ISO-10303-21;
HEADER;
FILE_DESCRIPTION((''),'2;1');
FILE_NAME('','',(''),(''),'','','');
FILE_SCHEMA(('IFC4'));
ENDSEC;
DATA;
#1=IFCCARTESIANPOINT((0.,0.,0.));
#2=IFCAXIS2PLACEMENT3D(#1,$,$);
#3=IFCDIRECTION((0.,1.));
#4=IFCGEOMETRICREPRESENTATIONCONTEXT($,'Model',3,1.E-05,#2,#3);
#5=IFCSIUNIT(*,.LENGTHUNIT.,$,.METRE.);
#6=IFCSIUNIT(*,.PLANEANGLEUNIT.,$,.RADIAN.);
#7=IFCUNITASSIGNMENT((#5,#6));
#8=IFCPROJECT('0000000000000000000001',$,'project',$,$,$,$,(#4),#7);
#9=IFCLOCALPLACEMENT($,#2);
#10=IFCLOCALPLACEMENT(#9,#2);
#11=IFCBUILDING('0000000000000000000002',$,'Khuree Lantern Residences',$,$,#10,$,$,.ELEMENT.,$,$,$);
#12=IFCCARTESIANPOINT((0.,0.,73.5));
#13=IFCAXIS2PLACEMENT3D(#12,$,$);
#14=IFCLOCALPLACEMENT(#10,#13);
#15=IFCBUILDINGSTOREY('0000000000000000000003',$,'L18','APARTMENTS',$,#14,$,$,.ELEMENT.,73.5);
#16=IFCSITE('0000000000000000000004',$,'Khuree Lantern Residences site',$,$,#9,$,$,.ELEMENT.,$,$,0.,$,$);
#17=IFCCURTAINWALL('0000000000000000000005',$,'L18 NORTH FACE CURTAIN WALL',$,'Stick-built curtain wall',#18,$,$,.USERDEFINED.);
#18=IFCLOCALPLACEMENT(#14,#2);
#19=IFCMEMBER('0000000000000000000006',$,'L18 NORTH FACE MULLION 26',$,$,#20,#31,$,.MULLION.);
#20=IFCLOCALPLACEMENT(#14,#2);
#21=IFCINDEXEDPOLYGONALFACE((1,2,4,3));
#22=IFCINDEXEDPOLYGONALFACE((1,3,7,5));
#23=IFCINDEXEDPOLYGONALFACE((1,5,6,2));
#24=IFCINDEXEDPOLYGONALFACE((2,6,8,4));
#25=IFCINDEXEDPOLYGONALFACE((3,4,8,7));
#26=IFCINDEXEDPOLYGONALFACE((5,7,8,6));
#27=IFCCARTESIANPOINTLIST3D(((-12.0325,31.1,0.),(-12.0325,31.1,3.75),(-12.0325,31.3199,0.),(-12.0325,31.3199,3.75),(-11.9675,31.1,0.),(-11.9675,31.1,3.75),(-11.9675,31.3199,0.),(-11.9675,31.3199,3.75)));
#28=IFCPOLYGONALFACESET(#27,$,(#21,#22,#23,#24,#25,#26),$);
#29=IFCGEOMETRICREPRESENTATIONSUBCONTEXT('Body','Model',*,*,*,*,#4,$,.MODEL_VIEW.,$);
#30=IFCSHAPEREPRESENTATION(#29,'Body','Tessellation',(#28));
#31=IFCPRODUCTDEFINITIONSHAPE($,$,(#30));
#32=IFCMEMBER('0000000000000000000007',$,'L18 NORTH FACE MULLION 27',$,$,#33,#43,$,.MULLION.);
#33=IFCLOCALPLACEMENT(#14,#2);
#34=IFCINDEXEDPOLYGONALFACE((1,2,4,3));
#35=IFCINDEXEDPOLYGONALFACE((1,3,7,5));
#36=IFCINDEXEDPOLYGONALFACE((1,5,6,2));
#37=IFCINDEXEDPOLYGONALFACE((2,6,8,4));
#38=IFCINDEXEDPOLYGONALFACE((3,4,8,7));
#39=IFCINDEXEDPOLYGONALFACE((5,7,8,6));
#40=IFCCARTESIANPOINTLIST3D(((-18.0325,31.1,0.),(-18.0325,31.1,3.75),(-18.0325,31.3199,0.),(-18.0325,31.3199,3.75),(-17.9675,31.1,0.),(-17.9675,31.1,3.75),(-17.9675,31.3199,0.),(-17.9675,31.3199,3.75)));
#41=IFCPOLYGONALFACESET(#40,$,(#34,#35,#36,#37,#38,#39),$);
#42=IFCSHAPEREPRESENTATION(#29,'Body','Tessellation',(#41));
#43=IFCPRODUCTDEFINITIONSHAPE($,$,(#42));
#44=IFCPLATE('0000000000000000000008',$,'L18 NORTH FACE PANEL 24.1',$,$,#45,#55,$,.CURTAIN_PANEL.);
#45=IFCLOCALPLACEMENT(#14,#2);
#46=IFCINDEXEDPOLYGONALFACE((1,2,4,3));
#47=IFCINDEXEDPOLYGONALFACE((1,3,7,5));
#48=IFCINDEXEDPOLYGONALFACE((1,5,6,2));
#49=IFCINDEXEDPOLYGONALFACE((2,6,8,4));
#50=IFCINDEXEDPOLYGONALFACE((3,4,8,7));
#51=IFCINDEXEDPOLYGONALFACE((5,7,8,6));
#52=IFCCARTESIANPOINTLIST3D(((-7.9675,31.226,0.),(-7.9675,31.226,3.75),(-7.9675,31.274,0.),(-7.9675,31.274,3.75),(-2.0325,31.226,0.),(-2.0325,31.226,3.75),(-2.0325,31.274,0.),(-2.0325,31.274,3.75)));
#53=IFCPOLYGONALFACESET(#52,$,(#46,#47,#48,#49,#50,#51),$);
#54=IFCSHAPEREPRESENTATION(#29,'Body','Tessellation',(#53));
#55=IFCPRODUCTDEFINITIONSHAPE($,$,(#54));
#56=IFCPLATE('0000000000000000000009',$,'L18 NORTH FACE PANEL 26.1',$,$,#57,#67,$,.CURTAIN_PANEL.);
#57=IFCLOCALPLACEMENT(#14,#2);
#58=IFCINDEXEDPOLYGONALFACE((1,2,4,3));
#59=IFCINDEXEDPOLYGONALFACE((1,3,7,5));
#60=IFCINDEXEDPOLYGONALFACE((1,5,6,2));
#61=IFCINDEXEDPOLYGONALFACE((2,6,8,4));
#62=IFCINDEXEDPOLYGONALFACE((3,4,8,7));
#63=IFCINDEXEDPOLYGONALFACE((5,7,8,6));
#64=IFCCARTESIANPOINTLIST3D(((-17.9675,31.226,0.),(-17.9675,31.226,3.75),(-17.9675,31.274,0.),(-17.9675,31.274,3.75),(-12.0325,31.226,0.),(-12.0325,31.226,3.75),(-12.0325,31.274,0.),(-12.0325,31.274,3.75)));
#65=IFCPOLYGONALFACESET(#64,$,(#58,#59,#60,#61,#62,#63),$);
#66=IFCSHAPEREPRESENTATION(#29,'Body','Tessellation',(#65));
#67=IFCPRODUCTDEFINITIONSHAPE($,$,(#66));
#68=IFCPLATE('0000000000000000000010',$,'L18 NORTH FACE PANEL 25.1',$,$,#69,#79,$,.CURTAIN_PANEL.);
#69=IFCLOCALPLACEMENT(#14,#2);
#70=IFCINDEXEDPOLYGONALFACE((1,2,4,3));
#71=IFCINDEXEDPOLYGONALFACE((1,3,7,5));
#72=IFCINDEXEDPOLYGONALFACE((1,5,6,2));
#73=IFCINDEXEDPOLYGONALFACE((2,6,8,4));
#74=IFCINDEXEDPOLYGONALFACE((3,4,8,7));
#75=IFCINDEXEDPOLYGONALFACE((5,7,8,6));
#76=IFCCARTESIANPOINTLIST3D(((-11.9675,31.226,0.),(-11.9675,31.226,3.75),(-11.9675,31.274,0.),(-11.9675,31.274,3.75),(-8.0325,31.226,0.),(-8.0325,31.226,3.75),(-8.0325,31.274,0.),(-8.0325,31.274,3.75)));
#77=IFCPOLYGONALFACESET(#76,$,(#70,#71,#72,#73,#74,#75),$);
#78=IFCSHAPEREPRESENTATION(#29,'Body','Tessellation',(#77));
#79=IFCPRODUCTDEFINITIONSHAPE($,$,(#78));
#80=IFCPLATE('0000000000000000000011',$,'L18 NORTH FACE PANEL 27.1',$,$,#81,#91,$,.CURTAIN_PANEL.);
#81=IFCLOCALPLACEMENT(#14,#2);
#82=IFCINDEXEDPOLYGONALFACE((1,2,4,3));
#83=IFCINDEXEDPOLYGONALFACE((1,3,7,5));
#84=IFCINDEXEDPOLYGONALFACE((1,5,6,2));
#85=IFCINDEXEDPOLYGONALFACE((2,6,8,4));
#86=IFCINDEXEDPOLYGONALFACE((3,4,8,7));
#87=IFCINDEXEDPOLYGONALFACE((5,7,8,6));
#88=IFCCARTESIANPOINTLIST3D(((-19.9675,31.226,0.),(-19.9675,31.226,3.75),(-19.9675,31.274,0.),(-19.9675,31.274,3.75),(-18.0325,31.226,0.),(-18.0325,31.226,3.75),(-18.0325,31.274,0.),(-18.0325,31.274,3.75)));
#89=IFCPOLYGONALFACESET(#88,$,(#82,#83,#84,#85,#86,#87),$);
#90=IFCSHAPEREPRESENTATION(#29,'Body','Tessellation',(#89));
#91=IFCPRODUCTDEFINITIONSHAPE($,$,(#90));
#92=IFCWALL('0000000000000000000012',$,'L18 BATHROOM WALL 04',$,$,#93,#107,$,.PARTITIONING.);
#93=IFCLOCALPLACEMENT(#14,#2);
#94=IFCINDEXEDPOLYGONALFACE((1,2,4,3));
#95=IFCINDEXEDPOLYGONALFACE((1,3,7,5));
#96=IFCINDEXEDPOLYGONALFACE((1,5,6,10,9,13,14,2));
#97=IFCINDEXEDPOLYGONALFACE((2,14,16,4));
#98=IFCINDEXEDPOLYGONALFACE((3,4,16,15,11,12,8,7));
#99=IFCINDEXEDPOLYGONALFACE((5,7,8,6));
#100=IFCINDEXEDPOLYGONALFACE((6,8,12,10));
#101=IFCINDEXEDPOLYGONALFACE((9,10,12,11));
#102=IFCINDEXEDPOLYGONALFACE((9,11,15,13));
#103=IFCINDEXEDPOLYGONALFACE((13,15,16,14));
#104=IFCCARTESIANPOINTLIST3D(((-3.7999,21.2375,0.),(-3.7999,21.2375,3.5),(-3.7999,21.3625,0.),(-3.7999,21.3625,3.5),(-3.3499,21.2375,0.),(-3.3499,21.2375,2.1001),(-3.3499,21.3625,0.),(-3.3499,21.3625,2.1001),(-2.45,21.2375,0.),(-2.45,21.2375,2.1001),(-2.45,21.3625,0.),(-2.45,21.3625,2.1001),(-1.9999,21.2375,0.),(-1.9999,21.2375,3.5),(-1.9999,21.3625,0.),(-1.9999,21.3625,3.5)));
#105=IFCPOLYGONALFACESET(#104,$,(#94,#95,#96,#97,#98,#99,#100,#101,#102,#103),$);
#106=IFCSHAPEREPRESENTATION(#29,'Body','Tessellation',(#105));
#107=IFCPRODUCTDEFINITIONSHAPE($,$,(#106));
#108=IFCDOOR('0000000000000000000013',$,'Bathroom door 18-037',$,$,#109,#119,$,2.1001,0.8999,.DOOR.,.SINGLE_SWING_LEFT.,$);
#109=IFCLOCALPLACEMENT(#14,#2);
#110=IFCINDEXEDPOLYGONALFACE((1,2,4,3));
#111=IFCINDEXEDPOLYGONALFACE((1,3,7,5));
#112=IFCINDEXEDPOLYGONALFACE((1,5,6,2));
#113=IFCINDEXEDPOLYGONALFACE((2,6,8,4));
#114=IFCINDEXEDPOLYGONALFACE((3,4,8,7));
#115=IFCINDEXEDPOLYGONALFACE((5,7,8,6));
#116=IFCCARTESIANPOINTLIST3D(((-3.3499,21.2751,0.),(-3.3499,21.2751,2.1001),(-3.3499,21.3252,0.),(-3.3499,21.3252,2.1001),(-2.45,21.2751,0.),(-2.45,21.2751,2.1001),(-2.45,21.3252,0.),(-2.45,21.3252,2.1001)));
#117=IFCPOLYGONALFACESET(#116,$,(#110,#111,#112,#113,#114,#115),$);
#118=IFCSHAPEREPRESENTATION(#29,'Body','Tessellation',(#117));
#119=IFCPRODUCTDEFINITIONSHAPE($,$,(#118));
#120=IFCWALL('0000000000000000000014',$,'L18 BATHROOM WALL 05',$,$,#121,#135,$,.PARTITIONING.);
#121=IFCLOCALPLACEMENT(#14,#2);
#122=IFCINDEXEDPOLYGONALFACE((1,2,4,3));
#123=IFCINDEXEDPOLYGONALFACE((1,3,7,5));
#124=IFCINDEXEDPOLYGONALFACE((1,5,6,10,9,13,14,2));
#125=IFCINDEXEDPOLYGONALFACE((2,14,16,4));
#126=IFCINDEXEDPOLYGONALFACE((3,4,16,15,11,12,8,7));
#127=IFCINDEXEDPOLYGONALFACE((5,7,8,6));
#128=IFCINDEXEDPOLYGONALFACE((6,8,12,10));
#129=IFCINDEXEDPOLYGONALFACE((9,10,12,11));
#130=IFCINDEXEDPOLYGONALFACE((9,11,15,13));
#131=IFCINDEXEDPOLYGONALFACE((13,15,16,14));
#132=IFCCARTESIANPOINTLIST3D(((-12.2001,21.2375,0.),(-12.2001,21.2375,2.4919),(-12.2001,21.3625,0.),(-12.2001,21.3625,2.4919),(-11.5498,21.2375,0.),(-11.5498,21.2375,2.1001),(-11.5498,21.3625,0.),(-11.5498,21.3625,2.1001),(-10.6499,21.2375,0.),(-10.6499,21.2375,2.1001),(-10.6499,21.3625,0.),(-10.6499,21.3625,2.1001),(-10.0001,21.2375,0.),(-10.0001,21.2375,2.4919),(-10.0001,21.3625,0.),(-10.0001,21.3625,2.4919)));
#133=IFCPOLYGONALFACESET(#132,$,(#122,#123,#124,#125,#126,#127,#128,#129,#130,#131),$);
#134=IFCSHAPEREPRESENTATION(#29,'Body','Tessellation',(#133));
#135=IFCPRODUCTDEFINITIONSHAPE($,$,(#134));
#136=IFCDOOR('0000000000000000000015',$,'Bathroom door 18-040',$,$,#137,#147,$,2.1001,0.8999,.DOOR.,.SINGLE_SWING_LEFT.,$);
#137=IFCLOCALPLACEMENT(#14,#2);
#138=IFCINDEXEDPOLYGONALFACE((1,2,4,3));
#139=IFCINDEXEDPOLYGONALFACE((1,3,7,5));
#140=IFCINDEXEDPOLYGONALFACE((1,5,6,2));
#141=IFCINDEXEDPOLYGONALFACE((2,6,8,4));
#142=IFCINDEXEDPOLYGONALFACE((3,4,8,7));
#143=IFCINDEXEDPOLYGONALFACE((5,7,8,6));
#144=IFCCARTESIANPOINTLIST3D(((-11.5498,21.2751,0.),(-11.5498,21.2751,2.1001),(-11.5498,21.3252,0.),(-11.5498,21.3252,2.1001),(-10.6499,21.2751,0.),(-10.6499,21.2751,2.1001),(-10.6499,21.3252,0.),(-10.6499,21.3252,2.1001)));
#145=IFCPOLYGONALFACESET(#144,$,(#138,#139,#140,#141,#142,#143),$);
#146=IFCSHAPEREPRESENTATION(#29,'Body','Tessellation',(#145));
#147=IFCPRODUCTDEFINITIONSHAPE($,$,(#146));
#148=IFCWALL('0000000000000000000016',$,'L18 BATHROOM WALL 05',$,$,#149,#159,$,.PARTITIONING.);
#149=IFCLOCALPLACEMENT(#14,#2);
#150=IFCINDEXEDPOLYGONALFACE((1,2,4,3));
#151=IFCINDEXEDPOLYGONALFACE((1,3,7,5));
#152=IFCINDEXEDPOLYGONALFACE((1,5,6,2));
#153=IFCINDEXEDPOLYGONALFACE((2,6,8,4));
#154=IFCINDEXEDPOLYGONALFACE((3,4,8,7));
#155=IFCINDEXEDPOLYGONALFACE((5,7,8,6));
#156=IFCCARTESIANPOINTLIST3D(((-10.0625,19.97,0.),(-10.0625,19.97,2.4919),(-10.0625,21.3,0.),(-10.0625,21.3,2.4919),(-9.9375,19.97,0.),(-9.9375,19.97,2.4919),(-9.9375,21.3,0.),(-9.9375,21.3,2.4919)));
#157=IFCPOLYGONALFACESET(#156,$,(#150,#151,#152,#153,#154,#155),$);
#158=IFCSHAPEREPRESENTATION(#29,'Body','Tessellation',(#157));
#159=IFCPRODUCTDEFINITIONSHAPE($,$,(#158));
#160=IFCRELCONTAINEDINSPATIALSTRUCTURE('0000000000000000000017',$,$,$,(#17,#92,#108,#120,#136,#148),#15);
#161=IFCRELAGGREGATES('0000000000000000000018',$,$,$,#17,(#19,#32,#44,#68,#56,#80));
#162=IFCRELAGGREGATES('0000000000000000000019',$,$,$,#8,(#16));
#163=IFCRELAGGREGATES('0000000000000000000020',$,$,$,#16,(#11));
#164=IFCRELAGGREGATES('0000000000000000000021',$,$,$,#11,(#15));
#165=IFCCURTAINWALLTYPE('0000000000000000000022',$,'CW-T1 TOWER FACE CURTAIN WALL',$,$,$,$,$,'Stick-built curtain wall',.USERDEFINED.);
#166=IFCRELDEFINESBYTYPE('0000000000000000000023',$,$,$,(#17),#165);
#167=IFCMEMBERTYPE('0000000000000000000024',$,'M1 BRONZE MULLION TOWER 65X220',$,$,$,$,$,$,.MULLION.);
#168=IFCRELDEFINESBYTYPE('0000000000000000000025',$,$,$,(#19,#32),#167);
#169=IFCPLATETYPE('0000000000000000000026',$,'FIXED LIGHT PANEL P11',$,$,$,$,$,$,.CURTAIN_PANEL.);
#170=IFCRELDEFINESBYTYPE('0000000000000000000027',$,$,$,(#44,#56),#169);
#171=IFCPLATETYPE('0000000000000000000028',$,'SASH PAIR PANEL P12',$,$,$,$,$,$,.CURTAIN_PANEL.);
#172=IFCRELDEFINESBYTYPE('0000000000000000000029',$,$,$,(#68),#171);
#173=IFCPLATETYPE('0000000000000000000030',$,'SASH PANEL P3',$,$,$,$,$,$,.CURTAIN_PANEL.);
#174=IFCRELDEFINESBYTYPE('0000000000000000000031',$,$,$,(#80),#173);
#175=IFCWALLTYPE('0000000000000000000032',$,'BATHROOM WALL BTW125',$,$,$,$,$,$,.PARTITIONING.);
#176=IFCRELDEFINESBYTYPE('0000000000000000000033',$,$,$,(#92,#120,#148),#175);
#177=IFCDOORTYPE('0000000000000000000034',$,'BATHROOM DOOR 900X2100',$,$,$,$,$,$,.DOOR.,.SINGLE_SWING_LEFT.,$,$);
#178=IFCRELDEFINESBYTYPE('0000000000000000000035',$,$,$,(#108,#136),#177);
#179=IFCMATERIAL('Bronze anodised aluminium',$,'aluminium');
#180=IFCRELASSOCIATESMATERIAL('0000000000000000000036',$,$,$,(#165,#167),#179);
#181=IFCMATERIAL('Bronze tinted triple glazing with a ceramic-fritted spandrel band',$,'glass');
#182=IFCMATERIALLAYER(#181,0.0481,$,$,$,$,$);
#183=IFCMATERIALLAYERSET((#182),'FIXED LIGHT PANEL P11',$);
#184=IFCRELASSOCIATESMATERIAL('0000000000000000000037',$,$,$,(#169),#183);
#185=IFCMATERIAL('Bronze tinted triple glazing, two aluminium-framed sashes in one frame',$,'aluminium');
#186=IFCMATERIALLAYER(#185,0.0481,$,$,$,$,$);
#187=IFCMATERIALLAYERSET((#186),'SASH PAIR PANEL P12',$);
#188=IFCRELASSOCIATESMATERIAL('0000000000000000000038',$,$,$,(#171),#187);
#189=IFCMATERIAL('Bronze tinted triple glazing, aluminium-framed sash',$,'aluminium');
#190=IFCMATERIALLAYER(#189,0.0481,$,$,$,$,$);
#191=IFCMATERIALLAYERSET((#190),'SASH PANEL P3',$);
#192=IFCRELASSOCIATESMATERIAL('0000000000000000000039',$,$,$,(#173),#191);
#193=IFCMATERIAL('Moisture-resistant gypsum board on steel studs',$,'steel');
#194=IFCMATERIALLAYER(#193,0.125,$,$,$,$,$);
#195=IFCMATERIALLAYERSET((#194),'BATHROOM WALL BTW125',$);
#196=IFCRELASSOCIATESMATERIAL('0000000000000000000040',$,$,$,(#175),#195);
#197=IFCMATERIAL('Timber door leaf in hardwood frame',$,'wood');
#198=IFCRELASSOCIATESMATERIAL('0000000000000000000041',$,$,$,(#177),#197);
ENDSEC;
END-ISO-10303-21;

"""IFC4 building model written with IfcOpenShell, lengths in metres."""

from ifc_helpers import new_model, si_unit, direction, frame, frame_2d, origin, origin_2d, place, context, subcontext, project, spatial, rectangle, extrude, material, layer, layer_set, material_profile, profile_set, type_object, element, fill, aggregate, save


model = new_model("IFC4")

# Units and contexts
model_context = context("Model", 3, precision=1e-05, world=origin(), true_north=direction((0.0, 1.0)))
body_context = subcontext(model_context, "Body", "Model", "MODEL_VIEW")
ifc_project = project(units=[si_unit("LENGTHUNIT", "METRE"), si_unit("PLANEANGLEUNIT", "RADIAN")], contexts=[model_context])

# Site, building, storey
site_placement = place(None, origin())
site = spatial("IfcSite", under=ifc_project, at=site_placement, Name="Khuree Lantern Residences site", CompositionType="ELEMENT", RefElevation=0.0)
building_placement = place(site_placement, origin())
building = spatial("IfcBuilding", under=site, at=building_placement, Name="Khuree Lantern Residences", CompositionType="ELEMENT")
storey_placement = place(building_placement, frame((0.0, 0.0, 73.5)))
storey = spatial("IfcBuildingStorey", under=building, at=storey_placement, Name="L18", Description="APARTMENTS", CompositionType="ELEMENT", Elevation=73.5)

# Curtain wall
ifc_material_1 = material(Name="Bronze anodised aluminium", Category="aluminium")
curtain_wall_type = type_object("IfcCurtainWallType", Name="CW-T1 TOWER FACE CURTAIN WALL", ElementType="Stick-built curtain wall", PredefinedType="USERDEFINED", material=ifc_material_1)
curtain_wall_placement = place(storey_placement, origin())
curtain_wall = element("IfcCurtainWall", 1, at=curtain_wall_placement, inside=storey, type_object=curtain_wall_type, Name="L18 NORTH FACE CURTAIN WALL", ObjectType="Stick-built curtain wall", PredefinedType="USERDEFINED")

# Members
ifc_material_profile_1 = material_profile(ifc_material_1, rectangle(XDim=0.0649, YDim=0.22, at=origin_2d()), Name="M1 65X220")
ifc_profile_set_1 = profile_set([ifc_material_profile_1], Name="Bronze anodised aluminium")
member_type_1 = type_object("IfcMemberType", Name="M1 BRONZE MULLION TOWER 65X220", PredefinedType="MULLION", material=ifc_profile_set_1)
member_1_placement = place(storey_placement, frame((-12.0, 31.21, 0.0), z_axis=(0.0, 0.0, 1.0), x_axis=(-1.0, 0.0, 0.0)))
member_1 = element("IfcMember", 2, at=member_1_placement, type_object=member_type_1, Name="L18 NORTH FACE MULLION 26", PredefinedType="MULLION", context=body_context, shape_type="SweptSolid", body=[
    extrude(rectangle(XDim=0.0649, YDim=0.22, at=origin_2d()), origin(), (0.0, 0.0, 1.0), 3.75),
])
member_2_placement = place(storey_placement, frame((-18.0, 31.21, 0.0), z_axis=(0.0, 0.0, 1.0), x_axis=(-1.0, 0.0, 0.0)))
member_2 = element("IfcMember", 3, at=member_2_placement, type_object=member_type_1, Name="L18 NORTH FACE MULLION 27", PredefinedType="MULLION", context=body_context, shape_type="SweptSolid", body=[
    extrude(rectangle(XDim=0.0649, YDim=0.22, at=origin_2d()), origin(), (0.0, 0.0, 1.0), 3.75),
])

# Plates
ifc_material_2 = material(Name="Bronze tinted triple glazing with a ceramic-fritted spandrel band", Category="glass")
ifc_layer_1 = layer(ifc_material_2, 0.0481)
ifc_layer_set_1 = layer_set([ifc_layer_1], Name="FIXED LIGHT PANEL P11")
plate_type_1 = type_object("IfcPlateType", Name="FIXED LIGHT PANEL P11", PredefinedType="CURTAIN_PANEL", material=ifc_layer_set_1)
plate_1_placement = place(storey_placement, frame((-5.0, 31.25, 0.0), z_axis=(0.0, 0.0, 1.0), x_axis=(-1.0, 0.0, 0.0)))
plate_1 = element("IfcPlate", 4, at=plate_1_placement, type_object=plate_type_1, Name="L18 NORTH FACE PANEL 24.1", PredefinedType="CURTAIN_PANEL", context=body_context, shape_type="SweptSolid", body=[
    extrude(rectangle(XDim=5.9351, YDim=0.0481, at=origin_2d()), origin(), (0.0, 0.0, 1.0), 3.75),
])
plate_2_placement = place(storey_placement, frame((-15.0, 31.25, 0.0), z_axis=(0.0, 0.0, 1.0), x_axis=(-1.0, 0.0, 0.0)))
plate_2 = element("IfcPlate", 5, at=plate_2_placement, type_object=plate_type_1, Name="L18 NORTH FACE PANEL 26.1", PredefinedType="CURTAIN_PANEL", context=body_context, shape_type="SweptSolid", body=[
    extrude(rectangle(XDim=5.9351, YDim=0.0481, at=origin_2d()), origin(), (0.0, 0.0, 1.0), 3.75),
])
ifc_material_3 = material(Name="Bronze tinted triple glazing, two aluminium-framed sashes in one frame", Category="aluminium")
ifc_layer_2 = layer(ifc_material_3, 0.0481)
ifc_layer_set_2 = layer_set([ifc_layer_2], Name="SASH PAIR PANEL P12")
plate_type_2 = type_object("IfcPlateType", Name="SASH PAIR PANEL P12", PredefinedType="CURTAIN_PANEL", material=ifc_layer_set_2)
plate_3_placement = place(storey_placement, frame((-10.0, 31.25, 0.0), z_axis=(0.0, 0.0, 1.0), x_axis=(-1.0, 0.0, 0.0)))
plate_3 = element("IfcPlate", 6, at=plate_3_placement, type_object=plate_type_2, Name="L18 NORTH FACE PANEL 25.1", PredefinedType="CURTAIN_PANEL", context=body_context, shape_type="SweptSolid", body=[
    extrude(rectangle(XDim=3.9351, YDim=0.0481, at=origin_2d()), origin(), (0.0, 0.0, 1.0), 3.75),
])
ifc_material_4 = material(Name="Bronze tinted triple glazing, aluminium-framed sash", Category="aluminium")
ifc_layer_3 = layer(ifc_material_4, 0.0481)
ifc_layer_set_3 = layer_set([ifc_layer_3], Name="SASH PANEL P3")
plate_type_3 = type_object("IfcPlateType", Name="SASH PANEL P3", PredefinedType="CURTAIN_PANEL", material=ifc_layer_set_3)
plate_4_placement = place(storey_placement, frame((-19.0, 31.25, 0.0), z_axis=(0.0, 0.0, 1.0), x_axis=(-1.0, 0.0, 0.0)))
plate_4 = element("IfcPlate", 7, at=plate_4_placement, type_object=plate_type_3, Name="L18 NORTH FACE PANEL 27.1", PredefinedType="CURTAIN_PANEL", context=body_context, shape_type="SweptSolid", body=[
    extrude(rectangle(XDim=1.9351, YDim=0.0481, at=origin_2d()), origin(), (0.0, 0.0, 1.0), 3.75),
])
aggregate(curtain_wall, [member_1, member_2, plate_1, plate_3, plate_2, plate_4])

# Walls, openings, doors
ifc_material_5 = material(Name="Moisture-resistant gypsum board on steel studs", Category="steel")
ifc_layer_4 = layer(ifc_material_5, 0.125)
ifc_layer_set_4 = layer_set([ifc_layer_4], Name="BATHROOM WALL BTW125")
wall_type_1 = type_object("IfcWallType", Name="BATHROOM WALL BTW125", PredefinedType="PARTITIONING", material=ifc_layer_set_4)
wall_1_placement = place(storey_placement, frame((-2.0, 21.3, 0.0), z_axis=(0.0, 0.0, 1.0), x_axis=(-1.0, 0.0, 0.0)))
wall_1 = element("IfcWall", 8, at=wall_1_placement, inside=storey, type_object=wall_type_1, Name="L18 BATHROOM WALL 04", PredefinedType="PARTITIONING", context=body_context, shape_type="SweptSolid", body=[
    extrude(rectangle(XDim=1.8, YDim=0.125, at=frame_2d((0.8999, 0.0))), origin(), (0.0, 0.0, 1.0), 3.5),
])
opening_1_placement = place(wall_1_placement, frame((0.45, 0.0, 0.0)))
opening_1 = element("IfcOpeningElement", 9, at=opening_1_placement, cuts=wall_1, PredefinedType="OPENING", context=body_context, shape_type="SweptSolid", body=[
    extrude(rectangle(XDim=0.8999, YDim=2.1001, at=frame_2d((0.45, 1.05))), frame((0.0, 0.0725, 0.0), z_axis=(0.0, -1.0, 0.0), x_axis=(1.0, 0.0, 0.0)), (0.0, 0.0, 1.0), 0.145),
])
ifc_material_6 = material(Name="Timber door leaf in hardwood frame", Category="wood")
door_type_1 = type_object("IfcDoorType", Name="BATHROOM DOOR 900X2100", OperationType="SINGLE_SWING_LEFT", PredefinedType="DOOR", material=ifc_material_6)
door_1_placement = place(opening_1_placement, origin())
door_1 = element("IfcDoor", 10, at=door_1_placement, inside=storey, type_object=door_type_1, Name="Bathroom door 18-037", OperationType="SINGLE_SWING_LEFT", OverallHeight=2.1001, OverallWidth=0.8999, PredefinedType="DOOR", context=body_context, shape_type="SweptSolid", body=[
    extrude(rectangle(XDim=0.8999, YDim=2.1001, at=frame_2d((0.45, 1.05))), frame((0.0, 0.0249, 0.0), z_axis=(0.0, -1.0, 0.0), x_axis=(1.0, 0.0, 0.0)), (0.0, 0.0, 1.0), 0.05),
])
fill(opening_1, door_1)
wall_2_placement = place(storey_placement, frame((-10.0, 21.3, 0.0), z_axis=(0.0, 0.0, 1.0), x_axis=(-1.0, 0.0, 0.0)))
wall_2 = element("IfcWall", 11, at=wall_2_placement, inside=storey, type_object=wall_type_1, Name="L18 BATHROOM WALL 05", PredefinedType="PARTITIONING", context=body_context, shape_type="SweptSolid", body=[
    extrude(rectangle(XDim=2.2, YDim=0.125, at=frame_2d((1.1001, 0.0))), origin(), (0.0, 0.0, 1.0), 2.4919),
])
opening_2_placement = place(wall_2_placement, frame((0.6499, 0.0, 0.0)))
opening_2 = element("IfcOpeningElement", 12, at=opening_2_placement, cuts=wall_2, PredefinedType="OPENING", context=body_context, shape_type="SweptSolid", body=[
    extrude(rectangle(XDim=0.8999, YDim=2.1001, at=frame_2d((0.45, 1.05))), frame((0.0, 0.0725, 0.0), z_axis=(0.0, -1.0, 0.0), x_axis=(1.0, 0.0, 0.0)), (0.0, 0.0, 1.0), 0.145),
])
door_2_placement = place(opening_2_placement, origin())
door_2 = element("IfcDoor", 13, at=door_2_placement, inside=storey, type_object=door_type_1, Name="Bathroom door 18-040", OperationType="SINGLE_SWING_LEFT", OverallHeight=2.1001, OverallWidth=0.8999, PredefinedType="DOOR", context=body_context, shape_type="SweptSolid", body=[
    extrude(rectangle(XDim=0.8999, YDim=2.1001, at=frame_2d((0.45, 1.05))), frame((0.0, 0.0249, 0.0), z_axis=(0.0, -1.0, 0.0), x_axis=(1.0, 0.0, 0.0)), (0.0, 0.0, 1.0), 0.05),
])
fill(opening_2, door_2)

# Wall
wall_3_placement = place(storey_placement, frame((-10.0, 19.97, 0.0), z_axis=(0.0, 0.0, 1.0), x_axis=(0.0, 1.0, 0.0)))
element("IfcWall", 14, at=wall_3_placement, inside=storey, type_object=wall_type_1, Name="L18 BATHROOM WALL 05", PredefinedType="PARTITIONING", context=body_context, shape_type="SweptSolid", body=[
    extrude(rectangle(XDim=1.3301, YDim=0.125, at=frame_2d((0.665, 0.0))), origin(), (0.0, 0.0, 1.0), 2.4919),
])

save(model, "model.ifc")
